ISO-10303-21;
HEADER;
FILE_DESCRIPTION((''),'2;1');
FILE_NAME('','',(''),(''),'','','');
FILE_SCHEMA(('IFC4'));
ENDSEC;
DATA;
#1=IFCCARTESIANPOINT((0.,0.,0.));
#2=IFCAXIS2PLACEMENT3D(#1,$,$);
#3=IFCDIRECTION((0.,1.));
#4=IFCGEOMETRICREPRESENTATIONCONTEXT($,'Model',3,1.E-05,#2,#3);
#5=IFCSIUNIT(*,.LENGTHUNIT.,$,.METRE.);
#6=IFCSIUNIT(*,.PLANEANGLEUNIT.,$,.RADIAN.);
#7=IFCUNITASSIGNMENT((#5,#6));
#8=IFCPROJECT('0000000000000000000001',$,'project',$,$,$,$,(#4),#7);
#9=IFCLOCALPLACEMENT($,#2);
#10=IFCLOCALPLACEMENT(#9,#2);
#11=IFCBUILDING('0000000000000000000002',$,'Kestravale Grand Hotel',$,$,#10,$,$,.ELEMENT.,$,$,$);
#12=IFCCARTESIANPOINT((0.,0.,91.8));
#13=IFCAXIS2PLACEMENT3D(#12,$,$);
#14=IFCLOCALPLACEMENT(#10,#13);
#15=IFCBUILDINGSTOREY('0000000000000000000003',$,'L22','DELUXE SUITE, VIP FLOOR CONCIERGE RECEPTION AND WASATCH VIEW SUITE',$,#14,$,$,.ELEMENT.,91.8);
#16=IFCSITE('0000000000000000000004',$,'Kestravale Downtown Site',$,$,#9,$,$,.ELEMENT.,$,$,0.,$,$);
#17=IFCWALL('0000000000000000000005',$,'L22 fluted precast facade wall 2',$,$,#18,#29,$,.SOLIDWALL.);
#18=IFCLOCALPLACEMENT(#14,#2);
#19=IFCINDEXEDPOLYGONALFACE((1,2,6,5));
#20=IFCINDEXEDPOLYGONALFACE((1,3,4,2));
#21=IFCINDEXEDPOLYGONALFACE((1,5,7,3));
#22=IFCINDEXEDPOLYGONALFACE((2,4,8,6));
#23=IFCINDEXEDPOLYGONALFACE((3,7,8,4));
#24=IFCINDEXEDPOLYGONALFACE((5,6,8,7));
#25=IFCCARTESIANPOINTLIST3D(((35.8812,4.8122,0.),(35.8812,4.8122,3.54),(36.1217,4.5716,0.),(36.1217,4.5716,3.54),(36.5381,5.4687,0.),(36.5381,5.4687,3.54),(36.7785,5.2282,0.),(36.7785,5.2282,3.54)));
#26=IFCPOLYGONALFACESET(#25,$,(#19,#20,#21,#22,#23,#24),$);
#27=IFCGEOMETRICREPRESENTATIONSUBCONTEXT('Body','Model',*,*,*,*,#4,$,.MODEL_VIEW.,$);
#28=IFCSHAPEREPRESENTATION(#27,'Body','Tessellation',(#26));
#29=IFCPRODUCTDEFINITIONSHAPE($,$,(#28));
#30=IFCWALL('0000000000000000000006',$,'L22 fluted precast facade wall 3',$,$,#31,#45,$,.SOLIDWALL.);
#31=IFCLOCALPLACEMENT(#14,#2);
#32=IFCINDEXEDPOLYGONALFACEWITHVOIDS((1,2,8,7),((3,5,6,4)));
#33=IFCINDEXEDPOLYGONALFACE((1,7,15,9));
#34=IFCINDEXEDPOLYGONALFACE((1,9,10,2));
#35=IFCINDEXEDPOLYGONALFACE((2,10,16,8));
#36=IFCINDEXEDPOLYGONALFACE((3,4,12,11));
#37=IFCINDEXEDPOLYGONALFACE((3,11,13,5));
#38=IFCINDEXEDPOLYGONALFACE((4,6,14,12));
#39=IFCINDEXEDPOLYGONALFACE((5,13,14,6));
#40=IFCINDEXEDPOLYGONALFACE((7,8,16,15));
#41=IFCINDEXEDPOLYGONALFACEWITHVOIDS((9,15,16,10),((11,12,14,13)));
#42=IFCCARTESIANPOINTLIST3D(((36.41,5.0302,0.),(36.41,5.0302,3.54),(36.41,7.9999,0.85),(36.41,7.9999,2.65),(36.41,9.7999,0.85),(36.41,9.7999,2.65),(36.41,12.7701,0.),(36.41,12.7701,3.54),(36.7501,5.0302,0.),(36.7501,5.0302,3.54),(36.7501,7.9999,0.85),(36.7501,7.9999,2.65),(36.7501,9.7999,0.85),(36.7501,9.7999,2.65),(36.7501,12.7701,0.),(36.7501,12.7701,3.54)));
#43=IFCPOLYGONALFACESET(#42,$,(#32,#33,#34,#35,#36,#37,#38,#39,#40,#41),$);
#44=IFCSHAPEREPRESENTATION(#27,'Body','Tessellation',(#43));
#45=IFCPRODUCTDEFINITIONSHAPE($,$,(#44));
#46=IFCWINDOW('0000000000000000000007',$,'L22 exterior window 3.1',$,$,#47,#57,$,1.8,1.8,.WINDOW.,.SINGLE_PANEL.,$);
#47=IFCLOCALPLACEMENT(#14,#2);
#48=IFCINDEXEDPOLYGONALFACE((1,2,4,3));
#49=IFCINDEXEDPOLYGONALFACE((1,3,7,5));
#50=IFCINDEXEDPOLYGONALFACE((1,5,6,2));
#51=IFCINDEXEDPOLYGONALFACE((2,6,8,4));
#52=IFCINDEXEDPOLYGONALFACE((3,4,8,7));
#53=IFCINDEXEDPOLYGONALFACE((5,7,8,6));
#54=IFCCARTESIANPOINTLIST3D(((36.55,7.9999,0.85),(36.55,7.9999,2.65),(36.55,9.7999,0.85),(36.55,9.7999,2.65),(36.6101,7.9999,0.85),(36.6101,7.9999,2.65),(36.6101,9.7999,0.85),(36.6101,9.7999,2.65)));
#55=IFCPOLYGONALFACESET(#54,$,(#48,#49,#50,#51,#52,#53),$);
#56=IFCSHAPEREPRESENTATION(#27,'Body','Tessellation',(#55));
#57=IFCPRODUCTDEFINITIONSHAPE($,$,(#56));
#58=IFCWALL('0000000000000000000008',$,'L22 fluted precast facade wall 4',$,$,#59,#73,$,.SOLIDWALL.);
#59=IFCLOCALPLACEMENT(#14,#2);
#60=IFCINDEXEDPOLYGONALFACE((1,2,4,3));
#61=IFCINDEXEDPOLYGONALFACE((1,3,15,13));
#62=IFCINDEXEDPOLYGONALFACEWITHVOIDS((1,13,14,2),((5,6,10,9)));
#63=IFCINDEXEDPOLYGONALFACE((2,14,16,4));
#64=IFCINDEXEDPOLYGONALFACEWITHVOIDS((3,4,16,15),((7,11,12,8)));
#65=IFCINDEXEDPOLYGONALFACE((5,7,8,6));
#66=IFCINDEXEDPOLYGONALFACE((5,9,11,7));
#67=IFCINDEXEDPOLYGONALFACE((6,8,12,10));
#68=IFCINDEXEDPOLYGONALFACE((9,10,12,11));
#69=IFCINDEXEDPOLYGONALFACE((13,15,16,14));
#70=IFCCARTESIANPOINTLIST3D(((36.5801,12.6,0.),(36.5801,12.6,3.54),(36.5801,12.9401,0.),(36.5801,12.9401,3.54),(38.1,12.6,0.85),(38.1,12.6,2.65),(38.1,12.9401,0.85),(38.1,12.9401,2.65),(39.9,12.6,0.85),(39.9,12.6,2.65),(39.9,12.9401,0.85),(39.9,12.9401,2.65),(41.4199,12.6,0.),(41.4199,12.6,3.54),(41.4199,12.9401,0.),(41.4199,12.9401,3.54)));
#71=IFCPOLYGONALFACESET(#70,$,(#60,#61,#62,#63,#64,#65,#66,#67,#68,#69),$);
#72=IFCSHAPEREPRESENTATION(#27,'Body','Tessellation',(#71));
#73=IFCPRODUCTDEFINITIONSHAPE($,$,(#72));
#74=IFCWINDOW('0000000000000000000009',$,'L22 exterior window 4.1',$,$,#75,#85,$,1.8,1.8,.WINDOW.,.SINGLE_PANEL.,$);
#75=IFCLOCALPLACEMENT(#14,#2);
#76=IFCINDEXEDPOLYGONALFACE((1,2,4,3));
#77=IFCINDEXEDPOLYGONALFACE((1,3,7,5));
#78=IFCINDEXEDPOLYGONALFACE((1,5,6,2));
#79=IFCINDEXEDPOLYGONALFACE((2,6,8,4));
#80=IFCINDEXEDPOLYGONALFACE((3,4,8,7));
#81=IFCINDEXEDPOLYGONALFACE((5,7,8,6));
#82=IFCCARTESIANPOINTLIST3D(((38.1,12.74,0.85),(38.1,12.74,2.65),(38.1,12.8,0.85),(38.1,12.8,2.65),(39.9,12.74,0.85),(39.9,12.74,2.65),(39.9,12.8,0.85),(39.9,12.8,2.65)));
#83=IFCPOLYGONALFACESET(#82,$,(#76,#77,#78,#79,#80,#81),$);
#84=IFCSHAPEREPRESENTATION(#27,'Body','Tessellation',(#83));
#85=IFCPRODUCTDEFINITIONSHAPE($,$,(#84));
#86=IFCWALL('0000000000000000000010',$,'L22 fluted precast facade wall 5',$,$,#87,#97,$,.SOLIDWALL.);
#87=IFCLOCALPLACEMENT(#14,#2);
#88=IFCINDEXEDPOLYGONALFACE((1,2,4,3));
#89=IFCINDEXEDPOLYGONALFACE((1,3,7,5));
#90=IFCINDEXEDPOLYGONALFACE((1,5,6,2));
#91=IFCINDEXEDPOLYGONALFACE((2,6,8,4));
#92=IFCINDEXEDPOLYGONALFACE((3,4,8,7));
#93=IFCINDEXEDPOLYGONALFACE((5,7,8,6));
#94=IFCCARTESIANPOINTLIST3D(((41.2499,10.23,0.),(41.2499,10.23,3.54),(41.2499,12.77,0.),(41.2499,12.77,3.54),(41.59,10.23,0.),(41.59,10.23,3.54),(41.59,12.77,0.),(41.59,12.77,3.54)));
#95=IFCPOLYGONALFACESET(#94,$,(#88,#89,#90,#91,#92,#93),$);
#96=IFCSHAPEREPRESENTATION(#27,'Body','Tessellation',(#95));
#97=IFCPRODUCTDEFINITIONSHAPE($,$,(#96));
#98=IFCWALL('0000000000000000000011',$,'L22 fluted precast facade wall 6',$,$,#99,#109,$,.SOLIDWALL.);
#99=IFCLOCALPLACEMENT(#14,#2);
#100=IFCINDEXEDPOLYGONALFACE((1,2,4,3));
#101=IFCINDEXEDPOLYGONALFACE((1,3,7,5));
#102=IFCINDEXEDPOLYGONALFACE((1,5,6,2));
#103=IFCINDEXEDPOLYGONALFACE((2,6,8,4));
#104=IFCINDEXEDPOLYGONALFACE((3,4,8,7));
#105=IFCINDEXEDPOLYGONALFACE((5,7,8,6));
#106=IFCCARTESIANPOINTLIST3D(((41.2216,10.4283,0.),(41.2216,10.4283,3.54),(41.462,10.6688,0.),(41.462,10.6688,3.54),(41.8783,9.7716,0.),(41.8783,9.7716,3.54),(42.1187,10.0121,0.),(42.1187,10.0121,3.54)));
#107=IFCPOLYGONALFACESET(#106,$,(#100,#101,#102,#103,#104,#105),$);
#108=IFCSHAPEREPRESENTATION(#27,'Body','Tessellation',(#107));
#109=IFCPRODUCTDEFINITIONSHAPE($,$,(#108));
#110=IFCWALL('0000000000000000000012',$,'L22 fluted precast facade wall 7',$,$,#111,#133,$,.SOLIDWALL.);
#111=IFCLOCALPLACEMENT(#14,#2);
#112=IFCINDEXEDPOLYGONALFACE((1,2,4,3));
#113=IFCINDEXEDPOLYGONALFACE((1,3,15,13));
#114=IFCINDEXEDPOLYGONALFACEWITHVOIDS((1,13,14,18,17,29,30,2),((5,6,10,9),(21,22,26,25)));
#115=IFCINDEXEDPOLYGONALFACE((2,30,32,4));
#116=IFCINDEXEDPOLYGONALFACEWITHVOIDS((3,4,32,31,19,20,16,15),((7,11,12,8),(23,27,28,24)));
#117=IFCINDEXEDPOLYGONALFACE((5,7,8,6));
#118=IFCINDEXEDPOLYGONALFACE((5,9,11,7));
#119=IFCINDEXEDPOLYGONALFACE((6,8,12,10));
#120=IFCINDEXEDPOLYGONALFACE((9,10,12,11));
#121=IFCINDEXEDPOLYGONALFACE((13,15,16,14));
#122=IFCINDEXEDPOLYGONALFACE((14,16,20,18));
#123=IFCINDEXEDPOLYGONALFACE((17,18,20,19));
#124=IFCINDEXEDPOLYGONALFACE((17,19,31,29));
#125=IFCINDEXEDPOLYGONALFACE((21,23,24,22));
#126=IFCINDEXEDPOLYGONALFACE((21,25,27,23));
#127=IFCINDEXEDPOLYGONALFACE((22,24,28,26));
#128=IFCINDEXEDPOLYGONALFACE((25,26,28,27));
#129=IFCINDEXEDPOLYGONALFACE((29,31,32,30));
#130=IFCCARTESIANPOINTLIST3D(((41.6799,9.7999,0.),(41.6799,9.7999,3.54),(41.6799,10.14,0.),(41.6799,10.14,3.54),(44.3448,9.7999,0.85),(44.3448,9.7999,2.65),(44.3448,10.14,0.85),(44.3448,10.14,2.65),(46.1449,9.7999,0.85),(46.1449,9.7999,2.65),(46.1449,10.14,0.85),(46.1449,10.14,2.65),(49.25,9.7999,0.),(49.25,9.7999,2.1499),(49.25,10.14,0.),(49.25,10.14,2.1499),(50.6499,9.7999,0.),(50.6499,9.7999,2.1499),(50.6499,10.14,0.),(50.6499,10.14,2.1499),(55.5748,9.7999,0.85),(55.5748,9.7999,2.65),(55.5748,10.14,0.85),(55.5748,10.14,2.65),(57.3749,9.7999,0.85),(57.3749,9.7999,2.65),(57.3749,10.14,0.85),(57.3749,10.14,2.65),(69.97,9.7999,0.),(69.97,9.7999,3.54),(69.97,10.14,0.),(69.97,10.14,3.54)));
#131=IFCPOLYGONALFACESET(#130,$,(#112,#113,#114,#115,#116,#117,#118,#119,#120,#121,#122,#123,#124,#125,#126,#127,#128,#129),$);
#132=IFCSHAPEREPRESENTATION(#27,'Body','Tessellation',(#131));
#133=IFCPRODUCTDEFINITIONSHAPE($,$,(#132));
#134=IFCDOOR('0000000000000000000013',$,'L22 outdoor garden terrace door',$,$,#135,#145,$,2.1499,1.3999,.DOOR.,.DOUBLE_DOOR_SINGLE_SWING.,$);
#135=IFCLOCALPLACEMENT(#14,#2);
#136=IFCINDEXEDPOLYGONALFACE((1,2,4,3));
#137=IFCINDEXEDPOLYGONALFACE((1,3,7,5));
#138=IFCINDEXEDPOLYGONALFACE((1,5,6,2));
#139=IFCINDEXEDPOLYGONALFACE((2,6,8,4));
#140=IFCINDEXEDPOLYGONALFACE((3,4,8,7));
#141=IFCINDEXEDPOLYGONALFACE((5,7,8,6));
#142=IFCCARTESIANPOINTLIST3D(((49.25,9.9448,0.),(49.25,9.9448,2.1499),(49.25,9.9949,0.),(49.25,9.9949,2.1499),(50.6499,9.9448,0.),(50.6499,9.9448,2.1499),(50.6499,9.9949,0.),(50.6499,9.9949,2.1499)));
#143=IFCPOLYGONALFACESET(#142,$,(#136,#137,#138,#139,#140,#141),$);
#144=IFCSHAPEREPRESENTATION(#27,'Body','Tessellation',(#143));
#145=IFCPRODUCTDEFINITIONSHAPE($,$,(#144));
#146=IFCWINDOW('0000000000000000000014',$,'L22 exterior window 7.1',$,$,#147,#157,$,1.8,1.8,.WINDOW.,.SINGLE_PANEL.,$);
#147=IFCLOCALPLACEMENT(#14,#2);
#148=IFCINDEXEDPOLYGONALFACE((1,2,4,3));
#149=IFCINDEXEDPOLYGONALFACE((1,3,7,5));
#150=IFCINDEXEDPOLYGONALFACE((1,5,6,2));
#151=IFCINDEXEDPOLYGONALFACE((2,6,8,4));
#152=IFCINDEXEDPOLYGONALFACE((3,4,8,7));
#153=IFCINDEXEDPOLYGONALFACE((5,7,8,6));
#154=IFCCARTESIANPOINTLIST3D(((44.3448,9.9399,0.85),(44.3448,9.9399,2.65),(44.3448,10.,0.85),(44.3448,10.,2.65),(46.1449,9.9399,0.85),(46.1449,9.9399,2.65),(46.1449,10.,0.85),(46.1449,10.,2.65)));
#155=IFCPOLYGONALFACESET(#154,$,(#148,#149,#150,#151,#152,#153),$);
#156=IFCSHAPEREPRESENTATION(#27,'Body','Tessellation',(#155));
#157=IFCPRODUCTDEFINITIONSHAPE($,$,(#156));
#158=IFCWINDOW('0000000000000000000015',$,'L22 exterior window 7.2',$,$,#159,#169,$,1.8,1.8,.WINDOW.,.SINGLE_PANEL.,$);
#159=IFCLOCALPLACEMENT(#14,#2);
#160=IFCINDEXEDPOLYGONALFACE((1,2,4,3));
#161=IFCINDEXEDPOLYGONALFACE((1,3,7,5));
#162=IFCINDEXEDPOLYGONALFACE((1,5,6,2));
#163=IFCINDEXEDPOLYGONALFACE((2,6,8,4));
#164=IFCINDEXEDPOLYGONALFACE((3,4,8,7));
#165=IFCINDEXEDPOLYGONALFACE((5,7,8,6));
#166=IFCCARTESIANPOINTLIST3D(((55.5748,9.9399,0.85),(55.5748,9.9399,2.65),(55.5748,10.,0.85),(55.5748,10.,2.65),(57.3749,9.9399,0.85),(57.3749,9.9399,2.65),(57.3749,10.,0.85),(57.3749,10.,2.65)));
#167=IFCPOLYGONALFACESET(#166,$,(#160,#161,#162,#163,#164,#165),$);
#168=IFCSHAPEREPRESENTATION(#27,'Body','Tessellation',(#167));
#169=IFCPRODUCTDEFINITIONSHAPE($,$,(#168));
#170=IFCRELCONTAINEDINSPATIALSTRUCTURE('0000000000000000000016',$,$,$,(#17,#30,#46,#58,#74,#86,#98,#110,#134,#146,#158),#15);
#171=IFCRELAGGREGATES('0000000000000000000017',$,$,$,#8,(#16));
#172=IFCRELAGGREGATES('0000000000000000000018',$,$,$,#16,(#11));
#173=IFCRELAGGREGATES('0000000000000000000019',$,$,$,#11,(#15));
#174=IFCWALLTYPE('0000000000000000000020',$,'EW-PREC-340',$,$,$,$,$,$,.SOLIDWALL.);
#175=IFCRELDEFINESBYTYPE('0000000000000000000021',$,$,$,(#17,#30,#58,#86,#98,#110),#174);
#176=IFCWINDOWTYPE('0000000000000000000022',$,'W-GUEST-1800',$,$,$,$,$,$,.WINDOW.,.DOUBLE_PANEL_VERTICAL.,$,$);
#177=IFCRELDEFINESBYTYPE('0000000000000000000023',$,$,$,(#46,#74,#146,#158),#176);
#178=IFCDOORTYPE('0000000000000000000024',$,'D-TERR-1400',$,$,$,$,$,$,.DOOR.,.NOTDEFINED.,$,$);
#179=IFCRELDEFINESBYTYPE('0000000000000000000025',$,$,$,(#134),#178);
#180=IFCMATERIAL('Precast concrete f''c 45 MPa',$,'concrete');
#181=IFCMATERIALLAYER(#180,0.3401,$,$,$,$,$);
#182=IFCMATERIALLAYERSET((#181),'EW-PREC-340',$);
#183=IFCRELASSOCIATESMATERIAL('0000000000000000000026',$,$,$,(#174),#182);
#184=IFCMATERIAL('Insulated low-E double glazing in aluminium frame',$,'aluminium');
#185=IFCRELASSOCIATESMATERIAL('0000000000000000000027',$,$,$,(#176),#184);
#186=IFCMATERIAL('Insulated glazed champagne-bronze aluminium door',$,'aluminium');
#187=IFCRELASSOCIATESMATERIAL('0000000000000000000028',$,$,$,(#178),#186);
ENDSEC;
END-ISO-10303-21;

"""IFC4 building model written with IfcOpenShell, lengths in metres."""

from ifc_helpers import new_model, si_unit, direction, frame, frame_2d, origin, place, context, subcontext, project, spatial, rectangle, extrude, material, layer, layer_set, type_object, element, fill, save


model = new_model("IFC4")

# Units and contexts
model_context = context("Model", 3, precision=1e-05, world=origin(), true_north=direction((0.0, 1.0)))
body_context = subcontext(model_context, "Body", "Model", "MODEL_VIEW")
ifc_project = project(units=[si_unit("LENGTHUNIT", "METRE"), si_unit("PLANEANGLEUNIT", "RADIAN")], contexts=[model_context])

# Site, building, storey
site_placement = place(None, origin())
site = spatial("IfcSite", under=ifc_project, at=site_placement, Name="Kestravale Downtown Site", CompositionType="ELEMENT", RefElevation=0.0)
building_placement = place(site_placement, origin())
building = spatial("IfcBuilding", under=site, at=building_placement, Name="Kestravale Grand Hotel", CompositionType="ELEMENT")
storey_placement = place(building_placement, frame((0.0, 0.0, 91.8)))
storey = spatial("IfcBuildingStorey", under=building, at=storey_placement, Name="L22", Description="DELUXE SUITE, VIP FLOOR CONCIERGE RECEPTION AND WASATCH VIEW SUITE", CompositionType="ELEMENT", Elevation=91.8)

# Wall
ifc_material_1 = material(Name="Precast concrete f'c 45 MPa", Category="concrete")
ifc_layer_1 = layer(ifc_material_1, 0.3401)
ifc_layer_set_1 = layer_set([ifc_layer_1], Name="EW-PREC-340")
wall_type_1 = type_object("IfcWallType", Name="EW-PREC-340", PredefinedType="SOLIDWALL", material=ifc_layer_set_1)
wall_1_placement = place(storey_placement, frame((36.0015, 4.6919, 0.0), z_axis=(0.0, 0.0, 1.0), x_axis=(0.707238, 0.706975, 0.0)))
element("IfcWall", 1, at=wall_1_placement, inside=storey, type_object=wall_type_1, Name="L22 fluted precast facade wall 2", PredefinedType="SOLIDWALL", context=body_context, shape_type="SweptSolid", body=[
    extrude(rectangle(XDim=0.9287, YDim=0.3401, at=frame_2d((0.4644, 0.0))), origin(), (0.0, 0.0, 1.0), 3.54),
])

# Walls, openings, windows
wall_2_placement = place(storey_placement, frame((36.5801, 5.03, 0.0), z_axis=(0.0, 0.0, 1.0), x_axis=(0.0, 1.0, 0.0)))
wall_2 = element("IfcWall", 2, at=wall_2_placement, inside=storey, type_object=wall_type_1, Name="L22 fluted precast facade wall 3", PredefinedType="SOLIDWALL", context=body_context, shape_type="SweptSolid", body=[
    extrude(rectangle(XDim=7.74, YDim=0.3401, at=frame_2d((3.8701, 0.0))), origin(), (0.0, 0.0, 1.0), 3.54),
])
opening_1_placement = place(wall_2_placement, frame((2.97, 0.0, 0.8501)))
opening_1 = element("IfcOpeningElement", 3, at=opening_1_placement, cuts=wall_2, PredefinedType="OPENING", context=body_context, shape_type="SweptSolid", body=[
    extrude(rectangle(XDim=1.8, YDim=1.8, at=frame_2d((0.8999, 0.8999))), frame((0.0, 0.1799, 0.0), z_axis=(0.0, -1.0, 0.0), x_axis=(1.0, 0.0, 0.0)), (0.0, 0.0, 1.0), 0.3601),
])
ifc_material_2 = material(Name="Insulated low-E double glazing in aluminium frame", Category="aluminium")
window_type = type_object("IfcWindowType", Name="W-GUEST-1800", PartitioningType="DOUBLE_PANEL_VERTICAL", PredefinedType="WINDOW", material=ifc_material_2)
window_1_placement = place(opening_1_placement, origin())
window_1 = element("IfcWindow", 4, at=window_1_placement, inside=storey, type_object=window_type, Name="L22 exterior window 3.1", OverallHeight=1.8, OverallWidth=1.8, PartitioningType="SINGLE_PANEL", PredefinedType="WINDOW", context=body_context, shape_type="SweptSolid", body=[
    extrude(rectangle(XDim=1.8, YDim=1.8, at=frame_2d((0.8999, 0.8999))), frame((0.0, 0.03, 0.0), z_axis=(0.0, -1.0, 0.0), x_axis=(1.0, 0.0, 0.0)), (0.0, 0.0, 1.0), 0.0601),
])
fill(opening_1, window_1)
wall_3_placement = place(storey_placement, frame((36.5801, 12.77, 0.0), z_axis=(0.0, 0.0, 1.0), x_axis=(1.0, 0.0, 0.0)))
wall_3 = element("IfcWall", 5, at=wall_3_placement, inside=storey, type_object=wall_type_1, Name="L22 fluted precast facade wall 4", PredefinedType="SOLIDWALL", context=body_context, shape_type="SweptSolid", body=[
    extrude(rectangle(XDim=4.8398, YDim=0.3401, at=frame_2d((2.4199, 0.0))), origin(), (0.0, 0.0, 1.0), 3.54),
])
opening_2_placement = place(wall_3_placement, frame((1.52, 0.0, 0.8501)))
opening_2 = element("IfcOpeningElement", 6, at=opening_2_placement, cuts=wall_3, PredefinedType="OPENING", context=body_context, shape_type="SweptSolid", body=[
    extrude(rectangle(XDim=1.8, YDim=1.8, at=frame_2d((0.8999, 0.8999))), frame((0.0, 0.1799, 0.0), z_axis=(0.0, -1.0, 0.0), x_axis=(1.0, 0.0, 0.0)), (0.0, 0.0, 1.0), 0.3601),
])
window_2_placement = place(opening_2_placement, origin())
window_2 = element("IfcWindow", 7, at=window_2_placement, inside=storey, type_object=window_type, Name="L22 exterior window 4.1", OverallHeight=1.8, OverallWidth=1.8, PartitioningType="SINGLE_PANEL", PredefinedType="WINDOW", context=body_context, shape_type="SweptSolid", body=[
    extrude(rectangle(XDim=1.8, YDim=1.8, at=frame_2d((0.8999, 0.8999))), frame((0.0, 0.03, 0.0), z_axis=(0.0, -1.0, 0.0), x_axis=(1.0, 0.0, 0.0)), (0.0, 0.0, 1.0), 0.0601),
])
fill(opening_2, window_2)

# Walls
wall_4_placement = place(storey_placement, frame((41.4199, 12.77, 0.0), z_axis=(0.0, 0.0, 1.0), x_axis=(0.0, -1.0, 0.0)))
element("IfcWall", 8, at=wall_4_placement, inside=storey, type_object=wall_type_1, Name="L22 fluted precast facade wall 5", PredefinedType="SOLIDWALL", context=body_context, shape_type="SweptSolid", body=[
    extrude(rectangle(XDim=2.54, YDim=0.3401, at=frame_2d((1.27, 0.0))), origin(), (0.0, 0.0, 1.0), 3.54),
])
wall_5_placement = place(storey_placement, frame((41.3418, 10.5486, 0.0), z_axis=(0.0, 0.0, 1.0), x_axis=(0.707107, -0.707107, 0.0)))
element("IfcWall", 9, at=wall_5_placement, inside=storey, type_object=wall_type_1, Name="L22 fluted precast facade wall 6", PredefinedType="SOLIDWALL", context=body_context, shape_type="SweptSolid", body=[
    extrude(rectangle(XDim=0.9287, YDim=0.3401, at=frame_2d((0.4644, 0.0))), origin(), (0.0, 0.0, 1.0), 3.54),
])

# Wall, openings, door, windows
wall_6_placement = place(storey_placement, frame((41.6799, 9.97, 0.0), z_axis=(0.0, 0.0, 1.0), x_axis=(1.0, 0.0, 0.0)))
wall_6 = element("IfcWall", 10, at=wall_6_placement, inside=storey, type_object=wall_type_1, Name="L22 fluted precast facade wall 7", PredefinedType="SOLIDWALL", context=body_context, shape_type="SweptSolid", body=[
    extrude(rectangle(XDim=28.29, YDim=0.3401, at=frame_2d((14.145, 0.0))), origin(), (0.0, 0.0, 1.0), 3.54),
])
opening_3_placement = place(wall_6_placement, frame((7.5701, 0.0, 0.0)))
opening_3 = element("IfcOpeningElement", 11, at=opening_3_placement, cuts=wall_6, PredefinedType="OPENING", context=body_context, shape_type="SweptSolid", body=[
    extrude(rectangle(XDim=1.3999, YDim=2.1499, at=frame_2d((0.7, 1.075))), frame((0.0, 0.1799, 0.0), z_axis=(0.0, -1.0, 0.0), x_axis=(1.0, 0.0, 0.0)), (0.0, 0.0, 1.0), 0.3601),
])
opening_4_placement = place(wall_6_placement, frame((2.665, 0.0, 0.8501)))
opening_4 = element("IfcOpeningElement", 12, at=opening_4_placement, cuts=wall_6, PredefinedType="OPENING", context=body_context, shape_type="SweptSolid", body=[
    extrude(rectangle(XDim=1.8, YDim=1.8, at=frame_2d((0.8999, 0.8999))), frame((0.0, 0.1799, 0.0), z_axis=(0.0, -1.0, 0.0), x_axis=(1.0, 0.0, 0.0)), (0.0, 0.0, 1.0), 0.3601),
])
opening_5_placement = place(wall_6_placement, frame((13.895, 0.0, 0.8501)))
opening_5 = element("IfcOpeningElement", 13, at=opening_5_placement, cuts=wall_6, PredefinedType="OPENING", context=body_context, shape_type="SweptSolid", body=[
    extrude(rectangle(XDim=1.8, YDim=1.8, at=frame_2d((0.8999, 0.8999))), frame((0.0, 0.1799, 0.0), z_axis=(0.0, -1.0, 0.0), x_axis=(1.0, 0.0, 0.0)), (0.0, 0.0, 1.0), 0.3601),
])
ifc_material_3 = material(Name="Insulated glazed champagne-bronze aluminium door", Category="aluminium")
door_type = type_object("IfcDoorType", Name="D-TERR-1400", OperationType="NOTDEFINED", PredefinedType="DOOR", material=ifc_material_3)
door_placement = place(opening_3_placement, origin())
door = element("IfcDoor", 14, at=door_placement, inside=storey, type_object=door_type, Name="L22 outdoor garden terrace door", OperationType="DOUBLE_DOOR_SINGLE_SWING", OverallHeight=2.1499, OverallWidth=1.3999, PredefinedType="DOOR", context=body_context, shape_type="SweptSolid", body=[
    extrude(rectangle(XDim=1.3999, YDim=2.1499, at=frame_2d((0.7, 1.075))), frame((0.0, 0.0249, 0.0), z_axis=(0.0, -1.0, 0.0), x_axis=(1.0, 0.0, 0.0)), (0.0, 0.0, 1.0), 0.05),
])
fill(opening_3, door)
window_3_placement = place(opening_4_placement, origin())
window_3 = element("IfcWindow", 15, at=window_3_placement, inside=storey, type_object=window_type, Name="L22 exterior window 7.1", OverallHeight=1.8, OverallWidth=1.8, PartitioningType="SINGLE_PANEL", PredefinedType="WINDOW", context=body_context, shape_type="SweptSolid", body=[
    extrude(rectangle(XDim=1.8, YDim=1.8, at=frame_2d((0.8999, 0.8999))), frame((0.0, 0.03, 0.0), z_axis=(0.0, -1.0, 0.0), x_axis=(1.0, 0.0, 0.0)), (0.0, 0.0, 1.0), 0.0601),
])
fill(opening_4, window_3)
window_4_placement = place(opening_5_placement, origin())
window_4 = element("IfcWindow", 16, at=window_4_placement, inside=storey, type_object=window_type, Name="L22 exterior window 7.2", OverallHeight=1.8, OverallWidth=1.8, PartitioningType="SINGLE_PANEL", PredefinedType="WINDOW", context=body_context, shape_type="SweptSolid", body=[
    extrude(rectangle(XDim=1.8, YDim=1.8, at=frame_2d((0.8999, 0.8999))), frame((0.0, 0.03, 0.0), z_axis=(0.0, -1.0, 0.0), x_axis=(1.0, 0.0, 0.0)), (0.0, 0.0, 1.0), 0.0601),
])
fill(opening_5, window_4)

save(model, "model.ifc")
